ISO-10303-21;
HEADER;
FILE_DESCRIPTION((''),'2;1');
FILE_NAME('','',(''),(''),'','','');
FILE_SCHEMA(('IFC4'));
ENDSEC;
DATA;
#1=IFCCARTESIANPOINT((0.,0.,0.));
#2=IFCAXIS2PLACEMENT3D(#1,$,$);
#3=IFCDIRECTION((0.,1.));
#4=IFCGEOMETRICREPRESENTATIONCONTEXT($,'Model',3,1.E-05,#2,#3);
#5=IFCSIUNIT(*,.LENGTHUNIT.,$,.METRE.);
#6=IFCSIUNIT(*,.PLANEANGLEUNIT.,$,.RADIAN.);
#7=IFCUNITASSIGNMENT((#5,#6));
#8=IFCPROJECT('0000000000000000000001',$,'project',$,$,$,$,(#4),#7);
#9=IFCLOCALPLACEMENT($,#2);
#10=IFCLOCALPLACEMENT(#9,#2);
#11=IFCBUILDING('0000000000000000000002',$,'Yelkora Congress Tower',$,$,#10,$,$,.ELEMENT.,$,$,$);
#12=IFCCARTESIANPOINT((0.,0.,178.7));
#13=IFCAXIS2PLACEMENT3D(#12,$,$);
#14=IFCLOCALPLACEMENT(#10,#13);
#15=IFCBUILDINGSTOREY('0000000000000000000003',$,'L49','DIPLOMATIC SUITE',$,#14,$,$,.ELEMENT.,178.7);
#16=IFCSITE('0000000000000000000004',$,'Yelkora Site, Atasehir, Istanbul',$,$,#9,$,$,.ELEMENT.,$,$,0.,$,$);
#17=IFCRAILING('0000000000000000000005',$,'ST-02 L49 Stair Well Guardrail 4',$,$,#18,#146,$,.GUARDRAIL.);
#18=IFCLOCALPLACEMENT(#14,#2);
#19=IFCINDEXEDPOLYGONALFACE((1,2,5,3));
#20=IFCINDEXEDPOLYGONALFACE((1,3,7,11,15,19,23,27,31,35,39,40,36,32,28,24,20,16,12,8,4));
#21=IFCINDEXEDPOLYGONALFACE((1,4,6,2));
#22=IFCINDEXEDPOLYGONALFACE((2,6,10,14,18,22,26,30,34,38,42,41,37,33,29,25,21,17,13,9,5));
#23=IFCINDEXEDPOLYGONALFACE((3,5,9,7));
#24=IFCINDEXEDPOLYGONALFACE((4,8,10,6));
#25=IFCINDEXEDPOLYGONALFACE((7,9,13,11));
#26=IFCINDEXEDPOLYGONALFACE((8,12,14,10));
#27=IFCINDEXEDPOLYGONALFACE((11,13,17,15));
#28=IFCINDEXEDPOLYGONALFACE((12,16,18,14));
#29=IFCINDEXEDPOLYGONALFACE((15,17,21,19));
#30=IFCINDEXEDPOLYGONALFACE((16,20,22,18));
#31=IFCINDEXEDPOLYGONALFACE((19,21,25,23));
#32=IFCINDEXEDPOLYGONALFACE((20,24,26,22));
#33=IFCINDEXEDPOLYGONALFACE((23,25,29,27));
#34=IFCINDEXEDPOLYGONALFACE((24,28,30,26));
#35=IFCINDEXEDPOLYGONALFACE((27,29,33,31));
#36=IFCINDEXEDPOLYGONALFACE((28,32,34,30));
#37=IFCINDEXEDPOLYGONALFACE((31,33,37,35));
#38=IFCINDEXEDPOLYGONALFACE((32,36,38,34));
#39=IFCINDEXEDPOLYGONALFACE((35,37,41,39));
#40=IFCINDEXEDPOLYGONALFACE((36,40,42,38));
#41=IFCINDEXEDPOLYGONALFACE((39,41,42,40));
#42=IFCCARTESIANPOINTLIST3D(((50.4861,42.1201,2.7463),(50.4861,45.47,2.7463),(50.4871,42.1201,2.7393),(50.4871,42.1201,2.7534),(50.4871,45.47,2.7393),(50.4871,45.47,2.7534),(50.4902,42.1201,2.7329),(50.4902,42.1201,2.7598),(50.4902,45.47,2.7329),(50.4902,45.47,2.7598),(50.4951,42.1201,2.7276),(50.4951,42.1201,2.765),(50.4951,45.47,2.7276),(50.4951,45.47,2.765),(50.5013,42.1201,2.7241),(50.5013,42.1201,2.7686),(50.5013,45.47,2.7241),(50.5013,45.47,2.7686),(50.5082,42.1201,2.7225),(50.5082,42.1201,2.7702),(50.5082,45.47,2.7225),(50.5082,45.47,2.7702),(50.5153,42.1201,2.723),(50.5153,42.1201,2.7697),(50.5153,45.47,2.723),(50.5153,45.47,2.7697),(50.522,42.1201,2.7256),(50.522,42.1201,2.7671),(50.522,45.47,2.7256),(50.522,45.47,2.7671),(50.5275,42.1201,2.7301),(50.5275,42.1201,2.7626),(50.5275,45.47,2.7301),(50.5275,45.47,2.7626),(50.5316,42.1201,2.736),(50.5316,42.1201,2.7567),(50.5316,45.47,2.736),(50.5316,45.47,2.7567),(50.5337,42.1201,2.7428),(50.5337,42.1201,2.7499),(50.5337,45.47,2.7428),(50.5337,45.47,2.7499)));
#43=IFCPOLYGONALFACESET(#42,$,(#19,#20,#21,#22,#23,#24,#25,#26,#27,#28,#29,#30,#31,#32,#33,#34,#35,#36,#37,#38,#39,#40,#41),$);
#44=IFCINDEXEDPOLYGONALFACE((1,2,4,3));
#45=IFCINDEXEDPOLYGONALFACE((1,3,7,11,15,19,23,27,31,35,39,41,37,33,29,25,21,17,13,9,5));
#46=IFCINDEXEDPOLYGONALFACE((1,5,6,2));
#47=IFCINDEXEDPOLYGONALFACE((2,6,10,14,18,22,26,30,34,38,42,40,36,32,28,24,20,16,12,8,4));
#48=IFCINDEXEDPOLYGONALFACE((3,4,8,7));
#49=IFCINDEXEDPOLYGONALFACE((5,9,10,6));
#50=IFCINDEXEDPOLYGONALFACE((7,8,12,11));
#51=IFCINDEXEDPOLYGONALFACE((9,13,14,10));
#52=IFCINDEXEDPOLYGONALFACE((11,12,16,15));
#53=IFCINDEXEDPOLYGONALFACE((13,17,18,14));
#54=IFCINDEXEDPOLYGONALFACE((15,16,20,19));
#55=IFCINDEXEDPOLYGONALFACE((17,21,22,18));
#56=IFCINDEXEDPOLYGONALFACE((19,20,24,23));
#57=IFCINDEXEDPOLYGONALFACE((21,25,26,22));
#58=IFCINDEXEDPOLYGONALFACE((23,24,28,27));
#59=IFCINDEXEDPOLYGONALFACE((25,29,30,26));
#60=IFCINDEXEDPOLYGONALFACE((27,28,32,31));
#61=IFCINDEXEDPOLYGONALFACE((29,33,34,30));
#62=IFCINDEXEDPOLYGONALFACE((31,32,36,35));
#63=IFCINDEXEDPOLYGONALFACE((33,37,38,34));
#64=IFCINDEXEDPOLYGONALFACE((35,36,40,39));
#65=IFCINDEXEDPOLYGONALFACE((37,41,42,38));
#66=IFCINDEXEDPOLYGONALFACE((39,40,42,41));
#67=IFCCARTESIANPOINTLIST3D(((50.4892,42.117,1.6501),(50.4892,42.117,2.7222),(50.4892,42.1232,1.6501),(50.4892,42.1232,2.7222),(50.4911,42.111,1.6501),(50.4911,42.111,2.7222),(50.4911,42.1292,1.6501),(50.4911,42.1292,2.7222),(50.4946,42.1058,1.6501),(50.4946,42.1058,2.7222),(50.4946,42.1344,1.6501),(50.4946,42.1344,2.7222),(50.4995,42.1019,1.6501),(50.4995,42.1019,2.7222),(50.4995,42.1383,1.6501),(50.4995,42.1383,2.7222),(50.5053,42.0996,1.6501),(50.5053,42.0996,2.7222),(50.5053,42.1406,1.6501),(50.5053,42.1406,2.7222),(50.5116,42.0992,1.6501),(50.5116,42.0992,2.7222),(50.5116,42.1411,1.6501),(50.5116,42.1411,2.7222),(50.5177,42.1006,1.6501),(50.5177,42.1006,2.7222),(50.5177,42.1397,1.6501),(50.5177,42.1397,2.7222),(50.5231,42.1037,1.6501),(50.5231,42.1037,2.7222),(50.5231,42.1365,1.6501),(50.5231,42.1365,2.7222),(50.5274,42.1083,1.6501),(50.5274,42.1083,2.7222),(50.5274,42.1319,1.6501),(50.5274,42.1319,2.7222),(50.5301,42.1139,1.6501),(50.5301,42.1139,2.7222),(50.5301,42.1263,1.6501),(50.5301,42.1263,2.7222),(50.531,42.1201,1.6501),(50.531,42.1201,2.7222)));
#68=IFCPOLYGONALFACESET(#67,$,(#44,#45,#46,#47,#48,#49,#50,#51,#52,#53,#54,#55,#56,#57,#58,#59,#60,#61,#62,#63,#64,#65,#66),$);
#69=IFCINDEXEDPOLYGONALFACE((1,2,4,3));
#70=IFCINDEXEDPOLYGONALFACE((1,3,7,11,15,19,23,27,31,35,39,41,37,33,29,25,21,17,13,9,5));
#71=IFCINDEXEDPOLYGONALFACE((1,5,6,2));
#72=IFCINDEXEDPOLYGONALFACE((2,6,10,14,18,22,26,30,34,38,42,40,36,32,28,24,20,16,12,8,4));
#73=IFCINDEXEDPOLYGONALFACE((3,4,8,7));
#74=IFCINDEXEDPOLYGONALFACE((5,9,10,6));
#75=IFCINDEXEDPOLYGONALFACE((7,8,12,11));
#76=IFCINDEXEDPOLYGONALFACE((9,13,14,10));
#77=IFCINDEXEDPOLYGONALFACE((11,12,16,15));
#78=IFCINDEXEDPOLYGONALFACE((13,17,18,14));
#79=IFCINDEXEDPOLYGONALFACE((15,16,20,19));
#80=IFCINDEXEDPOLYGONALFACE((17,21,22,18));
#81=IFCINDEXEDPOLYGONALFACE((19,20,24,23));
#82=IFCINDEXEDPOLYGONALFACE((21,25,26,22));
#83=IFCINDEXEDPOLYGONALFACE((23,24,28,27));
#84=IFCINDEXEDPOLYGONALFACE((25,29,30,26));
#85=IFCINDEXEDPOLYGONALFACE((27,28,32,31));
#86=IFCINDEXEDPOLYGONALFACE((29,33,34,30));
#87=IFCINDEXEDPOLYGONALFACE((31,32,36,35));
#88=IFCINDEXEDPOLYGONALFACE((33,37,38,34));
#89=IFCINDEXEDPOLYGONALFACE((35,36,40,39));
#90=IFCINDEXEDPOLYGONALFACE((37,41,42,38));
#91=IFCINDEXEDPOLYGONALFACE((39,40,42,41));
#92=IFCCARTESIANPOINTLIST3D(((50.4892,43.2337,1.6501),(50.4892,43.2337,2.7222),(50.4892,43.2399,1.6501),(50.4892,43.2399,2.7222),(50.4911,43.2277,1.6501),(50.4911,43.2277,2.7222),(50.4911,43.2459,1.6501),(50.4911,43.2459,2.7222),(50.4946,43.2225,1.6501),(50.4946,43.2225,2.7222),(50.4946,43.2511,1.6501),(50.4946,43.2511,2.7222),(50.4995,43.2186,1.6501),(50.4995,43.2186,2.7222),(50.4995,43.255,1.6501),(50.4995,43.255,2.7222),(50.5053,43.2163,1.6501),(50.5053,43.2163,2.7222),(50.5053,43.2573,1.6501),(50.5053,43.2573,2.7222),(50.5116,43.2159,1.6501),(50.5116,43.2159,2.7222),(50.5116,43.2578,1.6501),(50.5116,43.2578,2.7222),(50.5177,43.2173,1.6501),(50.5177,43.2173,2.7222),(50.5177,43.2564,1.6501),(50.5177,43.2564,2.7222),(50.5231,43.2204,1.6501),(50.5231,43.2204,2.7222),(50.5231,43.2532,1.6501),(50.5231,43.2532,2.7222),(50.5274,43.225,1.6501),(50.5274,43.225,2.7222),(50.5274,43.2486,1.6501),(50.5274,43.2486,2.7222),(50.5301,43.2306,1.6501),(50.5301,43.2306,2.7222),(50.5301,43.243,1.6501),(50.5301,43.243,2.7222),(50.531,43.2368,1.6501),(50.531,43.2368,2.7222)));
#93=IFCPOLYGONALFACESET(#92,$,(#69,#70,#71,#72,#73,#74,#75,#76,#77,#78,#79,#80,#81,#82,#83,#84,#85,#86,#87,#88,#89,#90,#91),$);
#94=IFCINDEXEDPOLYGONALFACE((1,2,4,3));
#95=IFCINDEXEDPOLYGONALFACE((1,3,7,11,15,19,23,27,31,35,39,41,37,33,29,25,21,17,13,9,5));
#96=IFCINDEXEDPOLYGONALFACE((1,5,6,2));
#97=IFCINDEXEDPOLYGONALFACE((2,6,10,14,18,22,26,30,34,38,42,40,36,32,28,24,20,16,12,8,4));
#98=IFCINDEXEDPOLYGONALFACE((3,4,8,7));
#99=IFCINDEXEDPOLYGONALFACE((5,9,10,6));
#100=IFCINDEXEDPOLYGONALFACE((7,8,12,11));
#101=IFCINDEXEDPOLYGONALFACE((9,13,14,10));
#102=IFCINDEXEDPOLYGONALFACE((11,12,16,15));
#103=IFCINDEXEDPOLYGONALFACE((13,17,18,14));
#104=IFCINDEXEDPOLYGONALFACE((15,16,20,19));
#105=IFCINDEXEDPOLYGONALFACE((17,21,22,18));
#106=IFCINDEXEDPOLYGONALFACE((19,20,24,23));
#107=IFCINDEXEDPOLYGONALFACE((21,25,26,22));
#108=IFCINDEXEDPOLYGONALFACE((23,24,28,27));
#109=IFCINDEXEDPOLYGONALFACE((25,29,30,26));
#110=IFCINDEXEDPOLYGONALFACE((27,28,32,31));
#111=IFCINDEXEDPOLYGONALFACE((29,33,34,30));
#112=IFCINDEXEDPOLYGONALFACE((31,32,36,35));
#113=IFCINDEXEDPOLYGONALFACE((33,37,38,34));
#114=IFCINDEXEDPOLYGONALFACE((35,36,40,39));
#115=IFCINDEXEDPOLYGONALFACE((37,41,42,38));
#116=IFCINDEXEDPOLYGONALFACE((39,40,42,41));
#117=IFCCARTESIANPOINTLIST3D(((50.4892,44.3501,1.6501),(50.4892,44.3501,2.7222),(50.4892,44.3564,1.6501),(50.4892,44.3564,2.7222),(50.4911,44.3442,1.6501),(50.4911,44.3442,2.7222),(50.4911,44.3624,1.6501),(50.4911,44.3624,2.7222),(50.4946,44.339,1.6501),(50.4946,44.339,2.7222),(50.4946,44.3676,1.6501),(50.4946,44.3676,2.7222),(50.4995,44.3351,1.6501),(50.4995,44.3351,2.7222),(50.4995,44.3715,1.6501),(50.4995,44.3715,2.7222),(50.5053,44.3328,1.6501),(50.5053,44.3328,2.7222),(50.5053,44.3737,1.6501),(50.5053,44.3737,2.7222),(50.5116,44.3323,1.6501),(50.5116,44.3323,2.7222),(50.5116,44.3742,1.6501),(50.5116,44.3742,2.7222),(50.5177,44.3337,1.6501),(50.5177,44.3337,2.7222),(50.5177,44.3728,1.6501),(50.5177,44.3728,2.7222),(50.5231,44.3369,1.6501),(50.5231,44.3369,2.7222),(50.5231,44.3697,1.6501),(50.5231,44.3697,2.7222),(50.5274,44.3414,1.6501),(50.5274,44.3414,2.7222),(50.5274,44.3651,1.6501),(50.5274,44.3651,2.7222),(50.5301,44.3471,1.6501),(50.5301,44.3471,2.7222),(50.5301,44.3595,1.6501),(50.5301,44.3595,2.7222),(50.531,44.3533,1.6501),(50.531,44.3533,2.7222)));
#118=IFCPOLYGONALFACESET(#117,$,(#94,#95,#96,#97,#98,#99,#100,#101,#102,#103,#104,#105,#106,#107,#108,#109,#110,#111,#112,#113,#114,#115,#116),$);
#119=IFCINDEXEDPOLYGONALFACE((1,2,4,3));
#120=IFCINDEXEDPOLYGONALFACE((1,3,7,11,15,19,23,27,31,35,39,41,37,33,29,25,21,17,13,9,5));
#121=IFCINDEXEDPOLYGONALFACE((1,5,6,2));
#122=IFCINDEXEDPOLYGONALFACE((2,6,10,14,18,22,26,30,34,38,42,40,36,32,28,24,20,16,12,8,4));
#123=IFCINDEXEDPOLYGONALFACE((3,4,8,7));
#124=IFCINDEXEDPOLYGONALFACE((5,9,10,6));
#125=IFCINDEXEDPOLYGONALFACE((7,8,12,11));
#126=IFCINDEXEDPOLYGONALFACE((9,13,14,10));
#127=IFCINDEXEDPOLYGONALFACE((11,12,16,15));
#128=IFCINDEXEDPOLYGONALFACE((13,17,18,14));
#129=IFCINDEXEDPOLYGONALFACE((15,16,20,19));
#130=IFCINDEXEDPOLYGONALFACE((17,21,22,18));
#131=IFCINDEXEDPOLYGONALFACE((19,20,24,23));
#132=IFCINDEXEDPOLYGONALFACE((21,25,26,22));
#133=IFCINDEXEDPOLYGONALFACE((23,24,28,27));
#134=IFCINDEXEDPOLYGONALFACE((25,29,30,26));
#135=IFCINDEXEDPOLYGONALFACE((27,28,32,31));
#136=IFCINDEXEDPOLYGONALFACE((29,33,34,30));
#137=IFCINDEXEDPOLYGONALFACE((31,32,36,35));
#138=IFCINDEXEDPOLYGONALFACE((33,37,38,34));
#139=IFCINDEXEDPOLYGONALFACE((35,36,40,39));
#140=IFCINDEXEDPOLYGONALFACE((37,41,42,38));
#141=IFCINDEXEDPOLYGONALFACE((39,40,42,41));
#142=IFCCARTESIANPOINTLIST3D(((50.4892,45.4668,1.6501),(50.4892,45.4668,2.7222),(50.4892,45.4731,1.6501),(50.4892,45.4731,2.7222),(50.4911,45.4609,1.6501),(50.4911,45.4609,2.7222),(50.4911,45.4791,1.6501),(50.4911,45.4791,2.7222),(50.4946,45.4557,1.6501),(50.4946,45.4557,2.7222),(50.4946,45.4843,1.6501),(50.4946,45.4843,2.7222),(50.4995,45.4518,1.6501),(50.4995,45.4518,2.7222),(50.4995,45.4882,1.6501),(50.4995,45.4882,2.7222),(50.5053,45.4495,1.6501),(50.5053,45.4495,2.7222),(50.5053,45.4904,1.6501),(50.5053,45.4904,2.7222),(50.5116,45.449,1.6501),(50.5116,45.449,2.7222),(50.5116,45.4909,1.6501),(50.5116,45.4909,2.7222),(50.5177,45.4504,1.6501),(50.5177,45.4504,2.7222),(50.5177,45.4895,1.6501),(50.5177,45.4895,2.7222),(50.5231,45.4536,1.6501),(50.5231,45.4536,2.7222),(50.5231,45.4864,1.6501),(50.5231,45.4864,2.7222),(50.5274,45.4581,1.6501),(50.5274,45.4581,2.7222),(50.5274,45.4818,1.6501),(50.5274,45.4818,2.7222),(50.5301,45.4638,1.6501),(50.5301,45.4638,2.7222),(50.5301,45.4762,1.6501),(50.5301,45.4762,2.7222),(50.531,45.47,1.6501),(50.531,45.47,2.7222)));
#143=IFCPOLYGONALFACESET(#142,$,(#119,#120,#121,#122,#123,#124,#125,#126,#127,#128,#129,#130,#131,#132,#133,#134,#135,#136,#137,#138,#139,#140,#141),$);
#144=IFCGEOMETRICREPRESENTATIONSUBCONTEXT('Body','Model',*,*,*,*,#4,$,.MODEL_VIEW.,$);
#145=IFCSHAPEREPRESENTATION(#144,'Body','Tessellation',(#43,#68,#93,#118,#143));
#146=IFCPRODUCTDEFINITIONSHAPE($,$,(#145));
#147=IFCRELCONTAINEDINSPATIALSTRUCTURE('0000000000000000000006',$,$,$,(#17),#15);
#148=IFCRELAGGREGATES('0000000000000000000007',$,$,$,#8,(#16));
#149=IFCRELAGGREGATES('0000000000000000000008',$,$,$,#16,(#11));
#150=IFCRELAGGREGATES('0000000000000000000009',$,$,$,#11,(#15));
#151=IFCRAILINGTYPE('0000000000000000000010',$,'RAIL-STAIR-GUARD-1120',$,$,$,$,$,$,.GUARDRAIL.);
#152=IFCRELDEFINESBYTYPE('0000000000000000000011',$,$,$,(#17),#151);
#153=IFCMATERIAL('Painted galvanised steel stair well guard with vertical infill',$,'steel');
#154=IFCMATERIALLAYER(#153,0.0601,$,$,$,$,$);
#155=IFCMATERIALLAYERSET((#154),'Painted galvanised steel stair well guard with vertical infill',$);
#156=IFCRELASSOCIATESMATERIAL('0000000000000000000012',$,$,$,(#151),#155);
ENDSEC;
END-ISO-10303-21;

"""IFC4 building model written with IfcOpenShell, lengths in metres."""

from ifc_helpers import new_model, si_unit, direction, frame, origin, origin_2d, place, context, subcontext, project, spatial, circle, extrude, material, layer, layer_set, type_object, element, save


model = new_model("IFC4")

# Units and contexts
model_context = context("Model", 3, precision=1e-05, world=origin(), true_north=direction((0.0, 1.0)))
body_context = subcontext(model_context, "Body", "Model", "MODEL_VIEW")
ifc_project = project(units=[si_unit("LENGTHUNIT", "METRE"), si_unit("PLANEANGLEUNIT", "RADIAN")], contexts=[model_context])

# Site, building, storey
site_placement = place(None, origin())
site = spatial("IfcSite", under=ifc_project, at=site_placement, Name="Yelkora Site, Atasehir, Istanbul", CompositionType="ELEMENT", RefElevation=0.0)
building_placement = place(site_placement, origin())
building = spatial("IfcBuilding", under=site, at=building_placement, Name="Yelkora Congress Tower", CompositionType="ELEMENT")
storey_placement = place(building_placement, frame((0.0, 0.0, 178.7)))
storey = spatial("IfcBuildingStorey", under=building, at=storey_placement, Name="L49", Description="DIPLOMATIC SUITE", CompositionType="ELEMENT", Elevation=178.7)

# Railing
ifc_material_1 = material(Name="Painted galvanised steel stair well guard with vertical infill", Category="steel")
ifc_layer_1 = layer(ifc_material_1, 0.0601)
ifc_layer_set_1 = layer_set([ifc_layer_1], Name="Painted galvanised steel stair well guard with vertical infill")
railing_type_1 = type_object("IfcRailingType", Name="RAIL-STAIR-GUARD-1120", PredefinedType="GUARDRAIL", material=ifc_layer_set_1)
for number, where, name in (
    (1, (50.51, 42.1201, 1.6501), "ST-02 L49 Stair Well Guardrail 4"),
):
    element("IfcRailing", number, at=place(storey_placement, frame(where)), inside=storey, type_object=railing_type_1, Name=name, PredefinedType="GUARDRAIL", context=body_context, shape_type="SweptSolid", body=[
        extrude(circle(Radius=0.0239, at=origin_2d()), frame((0.0, 0.0, 1.0962), z_axis=(0.0, 1.0, 0.0), x_axis=(-1.0, 0.0, 0.0)), (0.0, 0.0, 1.0), 3.3499),
        extrude(circle(Radius=0.021, at=origin_2d()), origin(), (0.0, 0.0, 1.0), 1.072),
        extrude(circle(Radius=0.021, at=origin_2d()), frame((0.0, 1.1167, 0.0)), (0.0, 0.0, 1.0), 1.072),
        extrude(circle(Radius=0.021, at=origin_2d()), frame((0.0, 2.2332, 0.0)), (0.0, 0.0, 1.0), 1.072),
        extrude(circle(Radius=0.021, at=origin_2d()), frame((0.0, 3.3499, 0.0)), (0.0, 0.0, 1.0), 1.072),
    ])

save(model, "model.ifc")
